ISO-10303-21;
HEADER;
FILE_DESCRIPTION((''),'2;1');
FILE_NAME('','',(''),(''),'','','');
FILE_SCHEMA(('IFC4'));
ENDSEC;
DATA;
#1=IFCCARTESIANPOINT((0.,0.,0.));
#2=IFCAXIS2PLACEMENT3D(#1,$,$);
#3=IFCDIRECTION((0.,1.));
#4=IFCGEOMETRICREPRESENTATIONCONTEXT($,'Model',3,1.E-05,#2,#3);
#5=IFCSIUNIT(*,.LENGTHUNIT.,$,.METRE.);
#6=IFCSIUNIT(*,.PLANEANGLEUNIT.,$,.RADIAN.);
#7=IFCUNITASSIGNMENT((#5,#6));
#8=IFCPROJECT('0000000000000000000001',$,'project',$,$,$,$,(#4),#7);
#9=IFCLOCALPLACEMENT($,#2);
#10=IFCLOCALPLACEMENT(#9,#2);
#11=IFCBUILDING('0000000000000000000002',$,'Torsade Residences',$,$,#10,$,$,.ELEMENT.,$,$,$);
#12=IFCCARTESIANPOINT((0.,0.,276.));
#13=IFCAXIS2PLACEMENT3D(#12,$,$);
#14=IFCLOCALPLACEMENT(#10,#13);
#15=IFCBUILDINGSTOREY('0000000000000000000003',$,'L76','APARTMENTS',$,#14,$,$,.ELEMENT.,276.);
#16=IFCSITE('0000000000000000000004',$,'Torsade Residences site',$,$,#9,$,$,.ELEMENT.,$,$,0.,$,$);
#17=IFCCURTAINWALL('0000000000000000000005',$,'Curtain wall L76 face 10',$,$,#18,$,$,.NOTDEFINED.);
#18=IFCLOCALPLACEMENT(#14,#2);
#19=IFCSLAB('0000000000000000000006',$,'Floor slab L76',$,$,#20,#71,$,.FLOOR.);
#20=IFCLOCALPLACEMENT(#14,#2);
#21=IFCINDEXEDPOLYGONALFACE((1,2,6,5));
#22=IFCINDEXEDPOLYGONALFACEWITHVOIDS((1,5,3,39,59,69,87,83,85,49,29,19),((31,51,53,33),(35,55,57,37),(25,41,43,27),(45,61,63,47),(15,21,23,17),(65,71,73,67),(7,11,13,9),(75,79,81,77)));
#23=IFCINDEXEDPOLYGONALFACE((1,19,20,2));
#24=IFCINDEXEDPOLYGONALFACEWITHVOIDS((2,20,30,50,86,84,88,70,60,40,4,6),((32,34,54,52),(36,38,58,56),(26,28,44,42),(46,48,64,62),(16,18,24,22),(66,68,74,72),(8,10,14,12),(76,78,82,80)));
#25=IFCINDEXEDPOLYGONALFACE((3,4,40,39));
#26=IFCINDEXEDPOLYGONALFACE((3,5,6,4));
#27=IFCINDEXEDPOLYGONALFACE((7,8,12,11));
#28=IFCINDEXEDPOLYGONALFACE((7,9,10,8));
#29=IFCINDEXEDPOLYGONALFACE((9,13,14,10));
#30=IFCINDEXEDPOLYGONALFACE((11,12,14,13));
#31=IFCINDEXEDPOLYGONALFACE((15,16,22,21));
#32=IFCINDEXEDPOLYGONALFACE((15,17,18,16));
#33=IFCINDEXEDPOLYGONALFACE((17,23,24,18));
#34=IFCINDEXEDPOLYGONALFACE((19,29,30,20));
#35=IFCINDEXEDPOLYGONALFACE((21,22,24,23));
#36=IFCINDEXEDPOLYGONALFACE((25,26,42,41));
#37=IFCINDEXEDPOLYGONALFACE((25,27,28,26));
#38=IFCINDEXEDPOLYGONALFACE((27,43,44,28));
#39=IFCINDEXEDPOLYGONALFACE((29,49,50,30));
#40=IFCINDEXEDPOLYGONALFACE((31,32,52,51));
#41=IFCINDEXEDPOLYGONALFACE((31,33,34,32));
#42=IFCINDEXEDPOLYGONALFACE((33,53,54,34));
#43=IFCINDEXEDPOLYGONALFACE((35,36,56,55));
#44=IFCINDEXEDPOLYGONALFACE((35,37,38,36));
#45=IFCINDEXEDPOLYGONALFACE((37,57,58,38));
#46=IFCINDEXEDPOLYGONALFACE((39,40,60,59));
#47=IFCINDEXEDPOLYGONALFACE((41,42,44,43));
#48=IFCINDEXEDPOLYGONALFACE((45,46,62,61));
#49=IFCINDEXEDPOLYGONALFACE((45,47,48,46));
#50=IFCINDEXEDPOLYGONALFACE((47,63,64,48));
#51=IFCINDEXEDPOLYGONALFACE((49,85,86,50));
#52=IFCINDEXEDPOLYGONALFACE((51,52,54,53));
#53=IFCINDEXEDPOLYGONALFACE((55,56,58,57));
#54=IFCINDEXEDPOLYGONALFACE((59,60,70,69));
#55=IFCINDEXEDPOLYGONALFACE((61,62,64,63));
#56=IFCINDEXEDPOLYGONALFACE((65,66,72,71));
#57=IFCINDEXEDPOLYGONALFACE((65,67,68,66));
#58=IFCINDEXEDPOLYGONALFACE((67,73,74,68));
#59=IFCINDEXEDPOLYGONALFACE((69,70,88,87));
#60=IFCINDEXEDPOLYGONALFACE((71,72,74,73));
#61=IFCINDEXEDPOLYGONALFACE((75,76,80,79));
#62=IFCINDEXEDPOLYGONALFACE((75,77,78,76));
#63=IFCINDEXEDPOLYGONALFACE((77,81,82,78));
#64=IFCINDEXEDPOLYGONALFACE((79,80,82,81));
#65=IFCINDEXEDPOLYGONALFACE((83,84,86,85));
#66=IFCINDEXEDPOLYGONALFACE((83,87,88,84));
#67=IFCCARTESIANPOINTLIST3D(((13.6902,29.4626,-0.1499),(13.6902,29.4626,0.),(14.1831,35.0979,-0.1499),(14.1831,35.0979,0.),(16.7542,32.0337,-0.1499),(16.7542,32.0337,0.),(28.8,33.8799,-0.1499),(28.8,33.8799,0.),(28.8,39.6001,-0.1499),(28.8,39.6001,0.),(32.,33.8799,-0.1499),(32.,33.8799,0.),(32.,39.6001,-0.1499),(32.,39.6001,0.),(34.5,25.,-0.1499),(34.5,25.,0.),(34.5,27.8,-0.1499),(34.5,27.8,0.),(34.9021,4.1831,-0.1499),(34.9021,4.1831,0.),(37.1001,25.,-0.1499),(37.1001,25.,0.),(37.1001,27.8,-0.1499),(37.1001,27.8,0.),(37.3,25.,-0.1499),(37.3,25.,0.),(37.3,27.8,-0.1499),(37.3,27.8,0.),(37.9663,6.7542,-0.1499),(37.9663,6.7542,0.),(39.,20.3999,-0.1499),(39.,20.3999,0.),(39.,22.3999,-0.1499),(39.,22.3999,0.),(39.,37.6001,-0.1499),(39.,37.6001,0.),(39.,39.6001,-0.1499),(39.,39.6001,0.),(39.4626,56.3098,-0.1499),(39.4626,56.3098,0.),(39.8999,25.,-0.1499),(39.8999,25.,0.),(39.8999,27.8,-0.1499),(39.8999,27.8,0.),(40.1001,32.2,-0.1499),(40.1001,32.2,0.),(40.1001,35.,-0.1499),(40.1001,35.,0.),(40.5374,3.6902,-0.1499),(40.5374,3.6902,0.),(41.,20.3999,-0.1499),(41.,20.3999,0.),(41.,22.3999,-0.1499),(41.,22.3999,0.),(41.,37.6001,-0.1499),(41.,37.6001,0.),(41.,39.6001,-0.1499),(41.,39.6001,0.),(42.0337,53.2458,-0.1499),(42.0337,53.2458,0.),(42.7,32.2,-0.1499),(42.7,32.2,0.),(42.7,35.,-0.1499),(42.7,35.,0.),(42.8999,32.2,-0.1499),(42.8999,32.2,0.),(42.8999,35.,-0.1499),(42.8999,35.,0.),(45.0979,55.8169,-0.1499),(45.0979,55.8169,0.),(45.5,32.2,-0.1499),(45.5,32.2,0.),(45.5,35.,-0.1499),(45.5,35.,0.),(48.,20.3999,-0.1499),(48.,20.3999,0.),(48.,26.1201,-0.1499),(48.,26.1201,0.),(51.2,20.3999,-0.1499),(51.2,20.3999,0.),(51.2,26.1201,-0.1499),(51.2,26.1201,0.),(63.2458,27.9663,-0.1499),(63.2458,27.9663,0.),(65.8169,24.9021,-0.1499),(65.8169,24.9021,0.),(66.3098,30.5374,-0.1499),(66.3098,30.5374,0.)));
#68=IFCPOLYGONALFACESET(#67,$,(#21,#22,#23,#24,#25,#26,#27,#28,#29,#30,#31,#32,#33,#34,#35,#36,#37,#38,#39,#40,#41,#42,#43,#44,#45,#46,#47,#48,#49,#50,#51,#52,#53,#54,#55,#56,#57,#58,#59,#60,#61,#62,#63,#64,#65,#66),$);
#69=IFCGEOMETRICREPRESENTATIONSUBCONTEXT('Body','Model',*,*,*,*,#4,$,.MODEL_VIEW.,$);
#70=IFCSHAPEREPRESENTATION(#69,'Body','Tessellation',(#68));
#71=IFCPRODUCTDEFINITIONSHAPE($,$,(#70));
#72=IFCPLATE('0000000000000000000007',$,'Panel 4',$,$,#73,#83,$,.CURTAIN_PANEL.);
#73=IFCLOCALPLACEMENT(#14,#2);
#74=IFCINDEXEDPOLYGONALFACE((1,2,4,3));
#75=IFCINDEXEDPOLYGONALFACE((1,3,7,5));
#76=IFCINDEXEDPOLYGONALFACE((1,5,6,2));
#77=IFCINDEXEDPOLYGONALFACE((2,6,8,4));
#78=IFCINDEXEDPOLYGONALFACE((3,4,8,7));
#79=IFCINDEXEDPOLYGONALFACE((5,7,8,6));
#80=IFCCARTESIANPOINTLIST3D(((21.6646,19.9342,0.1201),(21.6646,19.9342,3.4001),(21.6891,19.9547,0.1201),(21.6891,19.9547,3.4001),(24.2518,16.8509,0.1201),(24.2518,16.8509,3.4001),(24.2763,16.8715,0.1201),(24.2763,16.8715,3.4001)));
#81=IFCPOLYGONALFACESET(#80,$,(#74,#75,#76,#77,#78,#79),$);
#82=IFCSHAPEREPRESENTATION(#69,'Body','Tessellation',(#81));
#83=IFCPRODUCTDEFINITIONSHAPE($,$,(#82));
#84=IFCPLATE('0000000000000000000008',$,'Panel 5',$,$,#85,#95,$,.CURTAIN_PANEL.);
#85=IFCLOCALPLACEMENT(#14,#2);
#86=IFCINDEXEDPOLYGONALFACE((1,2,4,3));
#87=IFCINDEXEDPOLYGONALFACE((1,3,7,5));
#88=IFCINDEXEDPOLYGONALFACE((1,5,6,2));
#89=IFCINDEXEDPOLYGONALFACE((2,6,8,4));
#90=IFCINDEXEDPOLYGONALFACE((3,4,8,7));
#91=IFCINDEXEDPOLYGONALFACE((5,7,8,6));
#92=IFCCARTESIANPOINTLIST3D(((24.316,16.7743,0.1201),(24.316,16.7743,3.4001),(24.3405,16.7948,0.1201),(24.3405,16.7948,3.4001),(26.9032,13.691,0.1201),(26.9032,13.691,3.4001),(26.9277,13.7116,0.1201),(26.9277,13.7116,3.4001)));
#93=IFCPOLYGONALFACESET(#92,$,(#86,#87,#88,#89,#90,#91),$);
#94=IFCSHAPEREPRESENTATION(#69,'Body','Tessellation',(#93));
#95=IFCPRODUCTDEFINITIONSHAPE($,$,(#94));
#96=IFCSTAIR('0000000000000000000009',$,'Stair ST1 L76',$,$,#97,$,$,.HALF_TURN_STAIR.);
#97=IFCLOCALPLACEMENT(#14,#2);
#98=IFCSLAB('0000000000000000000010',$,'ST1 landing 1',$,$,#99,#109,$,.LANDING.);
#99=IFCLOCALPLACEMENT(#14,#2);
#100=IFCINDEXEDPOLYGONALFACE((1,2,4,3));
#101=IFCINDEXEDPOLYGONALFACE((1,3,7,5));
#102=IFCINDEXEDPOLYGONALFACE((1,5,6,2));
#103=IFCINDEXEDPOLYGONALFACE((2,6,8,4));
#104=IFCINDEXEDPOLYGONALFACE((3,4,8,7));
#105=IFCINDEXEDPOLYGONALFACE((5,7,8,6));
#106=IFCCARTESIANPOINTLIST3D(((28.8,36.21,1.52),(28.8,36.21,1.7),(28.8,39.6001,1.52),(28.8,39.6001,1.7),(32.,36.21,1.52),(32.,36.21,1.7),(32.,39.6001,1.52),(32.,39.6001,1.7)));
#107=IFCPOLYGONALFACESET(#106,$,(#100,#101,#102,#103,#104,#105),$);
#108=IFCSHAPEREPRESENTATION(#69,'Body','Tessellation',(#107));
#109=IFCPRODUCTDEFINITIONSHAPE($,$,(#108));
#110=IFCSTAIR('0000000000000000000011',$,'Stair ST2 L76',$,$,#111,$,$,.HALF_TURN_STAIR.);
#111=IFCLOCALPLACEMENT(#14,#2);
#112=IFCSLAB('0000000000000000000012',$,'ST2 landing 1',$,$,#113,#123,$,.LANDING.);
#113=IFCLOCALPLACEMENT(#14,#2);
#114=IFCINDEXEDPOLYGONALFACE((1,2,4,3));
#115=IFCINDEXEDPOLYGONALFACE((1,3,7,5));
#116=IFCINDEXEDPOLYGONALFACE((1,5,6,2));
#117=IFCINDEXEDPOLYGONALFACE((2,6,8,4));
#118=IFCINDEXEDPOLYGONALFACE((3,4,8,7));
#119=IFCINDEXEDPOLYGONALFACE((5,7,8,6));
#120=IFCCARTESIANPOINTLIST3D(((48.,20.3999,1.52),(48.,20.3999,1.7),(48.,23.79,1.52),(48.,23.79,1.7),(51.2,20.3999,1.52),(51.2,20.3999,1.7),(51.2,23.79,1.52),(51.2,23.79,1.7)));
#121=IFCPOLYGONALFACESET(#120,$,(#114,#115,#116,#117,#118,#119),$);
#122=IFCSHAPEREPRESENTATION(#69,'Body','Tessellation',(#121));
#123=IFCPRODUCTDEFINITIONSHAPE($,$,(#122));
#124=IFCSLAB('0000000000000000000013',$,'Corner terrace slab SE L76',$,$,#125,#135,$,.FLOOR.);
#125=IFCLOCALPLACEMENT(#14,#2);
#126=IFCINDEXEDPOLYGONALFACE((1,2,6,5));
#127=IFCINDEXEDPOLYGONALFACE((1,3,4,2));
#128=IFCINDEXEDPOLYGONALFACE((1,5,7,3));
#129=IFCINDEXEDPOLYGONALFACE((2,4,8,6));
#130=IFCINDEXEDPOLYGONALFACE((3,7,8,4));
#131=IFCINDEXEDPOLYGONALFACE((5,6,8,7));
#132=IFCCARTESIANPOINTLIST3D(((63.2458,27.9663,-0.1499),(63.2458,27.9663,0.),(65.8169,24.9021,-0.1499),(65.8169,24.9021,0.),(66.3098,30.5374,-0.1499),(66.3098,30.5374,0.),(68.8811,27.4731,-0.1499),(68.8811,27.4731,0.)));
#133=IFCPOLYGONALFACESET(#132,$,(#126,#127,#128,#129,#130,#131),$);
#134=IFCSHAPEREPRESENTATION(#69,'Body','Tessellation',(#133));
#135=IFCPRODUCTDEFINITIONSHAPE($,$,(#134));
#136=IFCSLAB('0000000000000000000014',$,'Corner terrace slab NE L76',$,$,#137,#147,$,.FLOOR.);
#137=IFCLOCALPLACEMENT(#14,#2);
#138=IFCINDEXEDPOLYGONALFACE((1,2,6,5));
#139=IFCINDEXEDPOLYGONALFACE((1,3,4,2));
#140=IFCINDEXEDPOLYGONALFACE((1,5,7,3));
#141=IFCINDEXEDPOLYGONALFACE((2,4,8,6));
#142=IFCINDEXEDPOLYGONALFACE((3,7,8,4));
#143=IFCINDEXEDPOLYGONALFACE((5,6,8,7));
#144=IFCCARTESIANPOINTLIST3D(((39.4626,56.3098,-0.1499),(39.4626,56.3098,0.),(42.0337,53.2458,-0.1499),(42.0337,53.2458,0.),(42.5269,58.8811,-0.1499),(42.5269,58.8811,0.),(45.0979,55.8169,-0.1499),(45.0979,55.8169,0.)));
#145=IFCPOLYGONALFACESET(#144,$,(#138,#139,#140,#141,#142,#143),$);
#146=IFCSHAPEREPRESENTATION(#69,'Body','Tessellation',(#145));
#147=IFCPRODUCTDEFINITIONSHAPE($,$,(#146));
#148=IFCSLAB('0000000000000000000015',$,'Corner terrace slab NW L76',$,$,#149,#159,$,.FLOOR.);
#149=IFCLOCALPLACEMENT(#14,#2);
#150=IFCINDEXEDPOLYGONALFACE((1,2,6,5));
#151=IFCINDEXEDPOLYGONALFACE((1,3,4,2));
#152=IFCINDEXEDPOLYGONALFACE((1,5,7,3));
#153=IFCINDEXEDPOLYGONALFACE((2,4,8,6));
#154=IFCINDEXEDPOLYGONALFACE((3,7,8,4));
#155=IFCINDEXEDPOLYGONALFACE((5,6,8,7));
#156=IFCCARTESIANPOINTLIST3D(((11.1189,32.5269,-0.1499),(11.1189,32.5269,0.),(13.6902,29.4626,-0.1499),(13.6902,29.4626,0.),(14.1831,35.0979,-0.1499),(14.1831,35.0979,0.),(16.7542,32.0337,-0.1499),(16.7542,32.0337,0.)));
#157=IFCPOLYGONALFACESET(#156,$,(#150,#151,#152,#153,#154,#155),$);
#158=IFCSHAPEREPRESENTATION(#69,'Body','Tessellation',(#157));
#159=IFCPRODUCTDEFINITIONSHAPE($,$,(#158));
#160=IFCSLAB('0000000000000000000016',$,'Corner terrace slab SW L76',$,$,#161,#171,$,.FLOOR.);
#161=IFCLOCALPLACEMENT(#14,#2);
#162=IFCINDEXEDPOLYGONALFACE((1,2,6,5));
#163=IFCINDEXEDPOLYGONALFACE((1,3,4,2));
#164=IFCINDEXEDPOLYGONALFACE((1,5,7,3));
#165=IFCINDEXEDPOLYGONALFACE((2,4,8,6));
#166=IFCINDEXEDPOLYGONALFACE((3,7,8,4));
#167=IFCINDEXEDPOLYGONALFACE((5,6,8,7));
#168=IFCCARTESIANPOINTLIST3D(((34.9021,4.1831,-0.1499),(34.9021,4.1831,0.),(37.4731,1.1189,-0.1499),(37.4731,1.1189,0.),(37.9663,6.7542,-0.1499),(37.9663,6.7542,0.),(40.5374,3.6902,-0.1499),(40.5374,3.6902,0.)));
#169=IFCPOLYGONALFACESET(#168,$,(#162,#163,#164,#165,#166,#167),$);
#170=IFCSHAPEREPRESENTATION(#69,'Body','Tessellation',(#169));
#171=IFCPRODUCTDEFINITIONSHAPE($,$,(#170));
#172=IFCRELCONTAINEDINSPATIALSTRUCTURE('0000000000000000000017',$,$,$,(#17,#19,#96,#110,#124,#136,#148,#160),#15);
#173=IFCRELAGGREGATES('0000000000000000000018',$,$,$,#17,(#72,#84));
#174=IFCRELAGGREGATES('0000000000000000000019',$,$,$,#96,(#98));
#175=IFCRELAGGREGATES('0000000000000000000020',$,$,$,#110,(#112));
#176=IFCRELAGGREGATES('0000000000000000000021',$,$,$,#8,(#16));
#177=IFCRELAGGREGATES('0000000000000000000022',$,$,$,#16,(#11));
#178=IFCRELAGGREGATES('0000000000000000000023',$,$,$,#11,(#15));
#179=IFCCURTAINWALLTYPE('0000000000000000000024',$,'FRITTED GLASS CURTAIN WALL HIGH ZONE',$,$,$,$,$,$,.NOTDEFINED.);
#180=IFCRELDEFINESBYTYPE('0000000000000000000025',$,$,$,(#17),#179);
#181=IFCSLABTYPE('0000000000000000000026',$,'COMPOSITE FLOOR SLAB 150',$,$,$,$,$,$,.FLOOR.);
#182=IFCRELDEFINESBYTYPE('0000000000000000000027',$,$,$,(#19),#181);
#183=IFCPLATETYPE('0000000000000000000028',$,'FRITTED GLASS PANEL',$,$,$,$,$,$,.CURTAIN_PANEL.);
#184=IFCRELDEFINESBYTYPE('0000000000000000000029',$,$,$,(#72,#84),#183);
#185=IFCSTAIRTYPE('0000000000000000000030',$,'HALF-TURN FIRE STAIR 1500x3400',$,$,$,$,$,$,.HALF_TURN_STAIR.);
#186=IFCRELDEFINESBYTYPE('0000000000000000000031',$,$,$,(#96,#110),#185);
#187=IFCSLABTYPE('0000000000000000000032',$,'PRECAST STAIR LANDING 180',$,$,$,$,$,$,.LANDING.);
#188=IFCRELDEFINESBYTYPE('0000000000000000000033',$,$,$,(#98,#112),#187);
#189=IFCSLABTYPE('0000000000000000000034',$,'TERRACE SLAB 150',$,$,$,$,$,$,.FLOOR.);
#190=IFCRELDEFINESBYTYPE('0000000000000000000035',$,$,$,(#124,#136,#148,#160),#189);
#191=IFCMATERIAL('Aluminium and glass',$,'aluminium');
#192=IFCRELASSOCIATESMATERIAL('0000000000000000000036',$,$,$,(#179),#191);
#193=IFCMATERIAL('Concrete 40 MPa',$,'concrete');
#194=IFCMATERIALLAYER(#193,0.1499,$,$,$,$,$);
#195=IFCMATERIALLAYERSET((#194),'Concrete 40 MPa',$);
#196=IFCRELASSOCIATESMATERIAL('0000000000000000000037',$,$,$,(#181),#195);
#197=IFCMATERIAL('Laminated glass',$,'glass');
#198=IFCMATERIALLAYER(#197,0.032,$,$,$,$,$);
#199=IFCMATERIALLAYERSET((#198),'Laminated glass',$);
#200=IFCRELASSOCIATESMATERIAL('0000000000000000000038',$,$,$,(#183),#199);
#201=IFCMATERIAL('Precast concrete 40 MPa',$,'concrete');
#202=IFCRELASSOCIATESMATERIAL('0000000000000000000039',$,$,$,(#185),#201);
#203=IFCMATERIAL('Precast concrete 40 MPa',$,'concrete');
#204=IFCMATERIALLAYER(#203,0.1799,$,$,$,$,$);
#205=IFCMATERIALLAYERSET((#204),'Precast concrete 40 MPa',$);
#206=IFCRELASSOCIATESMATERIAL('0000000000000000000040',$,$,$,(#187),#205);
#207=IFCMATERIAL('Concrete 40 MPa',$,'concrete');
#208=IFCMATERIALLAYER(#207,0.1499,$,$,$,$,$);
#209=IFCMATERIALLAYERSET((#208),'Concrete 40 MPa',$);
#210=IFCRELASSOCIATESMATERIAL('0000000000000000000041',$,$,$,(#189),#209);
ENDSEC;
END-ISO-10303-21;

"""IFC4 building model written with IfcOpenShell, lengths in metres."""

from ifc_helpers import new_model, si_unit, direction, frame, origin, origin_2d, place, context, subcontext, project, spatial, polyline, rectangle, outline, extrude, material, layer, layer_set, type_object, element, aggregate, save


model = new_model("IFC4")

# Units and contexts
model_context = context("Model", 3, precision=1e-05, world=origin(), true_north=direction((0.0, 1.0)))
body_context = subcontext(model_context, "Body", "Model", "MODEL_VIEW")
ifc_project = project(units=[si_unit("LENGTHUNIT", "METRE"), si_unit("PLANEANGLEUNIT", "RADIAN")], contexts=[model_context])

# Site, building, storey
site_placement = place(None, origin())
site = spatial("IfcSite", under=ifc_project, at=site_placement, Name="Torsade Residences site", CompositionType="ELEMENT", RefElevation=0.0)
building_placement = place(site_placement, origin())
building = spatial("IfcBuilding", under=site, at=building_placement, Name="Torsade Residences", CompositionType="ELEMENT")
storey_placement = place(building_placement, frame((0.0, 0.0, 276.0)))
storey = spatial("IfcBuildingStorey", under=building, at=storey_placement, Name="L76", Description="APARTMENTS", CompositionType="ELEMENT", Elevation=276.0)

# Curtain wall
ifc_material_1 = material(Name="Aluminium and glass", Category="aluminium")
curtain_wall_type = type_object("IfcCurtainWallType", Name="FRITTED GLASS CURTAIN WALL HIGH ZONE", PredefinedType="NOTDEFINED", material=ifc_material_1)
curtain_wall_placement = place(storey_placement, origin())
curtain_wall = element("IfcCurtainWall", 1, at=curtain_wall_placement, inside=storey, type_object=curtain_wall_type, Name="Curtain wall L76 face 10", PredefinedType="NOTDEFINED")

# Slab
ifc_material_2 = material(Name="Concrete 40 MPa", Category="concrete")
ifc_layer_1 = layer(ifc_material_2, 0.1499)
ifc_layer_set_1 = layer_set([ifc_layer_1], Name="Concrete 40 MPa")
slab_type_1 = type_object("IfcSlabType", Name="COMPOSITE FLOOR SLAB 150", PredefinedType="FLOOR", material=ifc_layer_set_1)
slab_1_placement = place(storey_placement, frame((0.0, 0.0, -0.1499)))
element("IfcSlab", 2, at=slab_1_placement, inside=storey, type_object=slab_type_1, Name="Floor slab L76", PredefinedType="FLOOR", context=body_context, shape_type="SweptSolid", body=[
    extrude(outline(polyline([(40.5374, 3.6902), (65.8169, 24.9021), (63.2458, 27.9663), (66.3098, 30.5374), (45.0979, 55.8169), (42.0337, 53.2458), (39.4626, 56.3098), (14.1831, 35.0979), (16.7542, 32.0337), (13.6902, 29.4626), (34.9021, 4.1831), (37.9663, 6.7542), (40.5374, 3.6902)]), holes=[polyline([(51.2, 26.1201), (48.0, 26.1201), (48.0, 20.3999), (51.2, 20.3999), (51.2, 26.1201)]), polyline([(45.5, 35.0), (42.8999, 35.0), (42.8999, 32.2), (45.5, 32.2), (45.5, 35.0)]), polyline([(42.7, 35.0), (40.1001, 35.0), (40.1001, 32.2), (42.7, 32.2), (42.7, 35.0)]), polyline([(41.0, 22.3999), (39.0, 22.3999), (39.0, 20.3999), (41.0, 20.3999), (41.0, 22.3999)]), polyline([(41.0, 39.6001), (39.0, 39.6001), (39.0, 37.6001), (41.0, 37.6001), (41.0, 39.6001)]), polyline([(39.8999, 27.8), (37.3, 27.8), (37.3, 25.0), (39.8999, 25.0), (39.8999, 27.8)]), polyline([(37.1001, 27.8), (34.5, 27.8), (34.5, 25.0), (37.1001, 25.0), (37.1001, 27.8)]), polyline([(32.0, 39.6001), (28.8, 39.6001), (28.8, 33.8799), (32.0, 33.8799), (32.0, 39.6001)])]), origin(), (0.0, 0.0, 1.0), 0.1499),
])

# Plates
ifc_material_3 = material(Name="Laminated glass", Category="glass")
ifc_layer_2 = layer(ifc_material_3, 0.032)
ifc_layer_set_2 = layer_set([ifc_layer_2], Name="Laminated glass")
plate_type = type_object("IfcPlateType", Name="FRITTED GLASS PANEL", PredefinedType="CURTAIN_PANEL", material=ifc_layer_set_2)
plate_1_placement = place(storey_placement, frame((22.9705, 18.4028, 0.1201), z_axis=(0.0, 0.0, 1.0), x_axis=(0.642788, -0.766044, 0.0)))
plate_1 = element("IfcPlate", 3, at=plate_1_placement, type_object=plate_type, Name="Panel 4", PredefinedType="CURTAIN_PANEL", context=body_context, shape_type="SweptSolid", body=[
    extrude(rectangle(XDim=4.0249, YDim=0.032, at=origin_2d()), origin(), (0.0, 0.0, 1.0), 3.28),
])
plate_2_placement = place(storey_placement, frame((25.6218, 15.2429, 0.1201), z_axis=(0.0, 0.0, 1.0), x_axis=(0.642788, -0.766044, 0.0)))
plate_2 = element("IfcPlate", 4, at=plate_2_placement, type_object=plate_type, Name="Panel 5", PredefinedType="CURTAIN_PANEL", context=body_context, shape_type="SweptSolid", body=[
    extrude(rectangle(XDim=4.0249, YDim=0.032, at=origin_2d()), origin(), (0.0, 0.0, 1.0), 3.28),
])
aggregate(curtain_wall, [plate_1, plate_2])

# Stairs, slabs
ifc_material_4 = material(Name="Precast concrete 40 MPa", Category="concrete")
stair_type = type_object("IfcStairType", Name="HALF-TURN FIRE STAIR 1500x3400", PredefinedType="HALF_TURN_STAIR", material=ifc_material_4)
stair_1_placement = place(storey_placement, origin())
stair_1 = element("IfcStair", 5, at=stair_1_placement, inside=storey, type_object=stair_type, Name="Stair ST1 L76", PredefinedType="HALF_TURN_STAIR")
ifc_material_5 = material(Name="Precast concrete 40 MPa", Category="concrete")
ifc_layer_3 = layer(ifc_material_5, 0.1799)
ifc_layer_set_3 = layer_set([ifc_layer_3], Name="Precast concrete 40 MPa")
slab_type_2 = type_object("IfcSlabType", Name="PRECAST STAIR LANDING 180", PredefinedType="LANDING", material=ifc_layer_set_3)
slab_2_placement = place(storey_placement, frame((0.0, 0.0, 1.52)))
slab_2 = element("IfcSlab", 6, at=slab_2_placement, type_object=slab_type_2, Name="ST1 landing 1", PredefinedType="LANDING", context=body_context, shape_type="SweptSolid", body=[
    extrude(outline(polyline([(28.8, 36.21), (32.0, 36.21), (32.0, 39.6001), (28.8, 39.6001), (28.8, 36.21)])), origin(), (0.0, 0.0, 1.0), 0.1799),
])
aggregate(stair_1, [slab_2])
stair_2_placement = place(storey_placement, origin())
stair_2 = element("IfcStair", 7, at=stair_2_placement, inside=storey, type_object=stair_type, Name="Stair ST2 L76", PredefinedType="HALF_TURN_STAIR")
slab_3_placement = place(storey_placement, frame((0.0, 0.0, 1.52)))
slab_3 = element("IfcSlab", 8, at=slab_3_placement, type_object=slab_type_2, Name="ST2 landing 1", PredefinedType="LANDING", context=body_context, shape_type="SweptSolid", body=[
    extrude(outline(polyline([(48.0, 20.3999), (51.2, 20.3999), (51.2, 23.79), (48.0, 23.79), (48.0, 20.3999)])), origin(), (0.0, 0.0, 1.0), 0.1799),
])
aggregate(stair_2, [slab_3])

# Slabs
ifc_material_6 = material(Name="Concrete 40 MPa", Category="concrete")
ifc_layer_4 = layer(ifc_material_6, 0.1499)
ifc_layer_set_4 = layer_set([ifc_layer_4], Name="Concrete 40 MPa")
slab_type_3 = type_object("IfcSlabType", Name="TERRACE SLAB 150", PredefinedType="FLOOR", material=ifc_layer_set_4)
slab_4_placement = place(storey_placement, frame((0.0, 0.0, -0.1499)))
element("IfcSlab", 9, at=slab_4_placement, inside=storey, type_object=slab_type_3, Name="Corner terrace slab SE L76", PredefinedType="FLOOR", context=body_context, shape_type="SweptSolid", body=[
    extrude(outline(polyline([(65.8169, 24.9021), (68.8811, 27.4731), (66.3098, 30.5374), (63.2458, 27.9663), (65.8169, 24.9021)])), origin(), (0.0, 0.0, 1.0), 0.1499),
])
slab_5_placement = place(storey_placement, frame((0.0, 0.0, -0.1499)))
element("IfcSlab", 10, at=slab_5_placement, inside=storey, type_object=slab_type_3, Name="Corner terrace slab NE L76", PredefinedType="FLOOR", context=body_context, shape_type="SweptSolid", body=[
    extrude(outline(polyline([(42.0337, 53.2458), (45.0979, 55.8169), (42.5269, 58.8811), (39.4626, 56.3098), (42.0337, 53.2458)])), origin(), (0.0, 0.0, 1.0), 0.1499),
])
slab_6_placement = place(storey_placement, frame((0.0, 0.0, -0.1499)))
element("IfcSlab", 11, at=slab_6_placement, inside=storey, type_object=slab_type_3, Name="Corner terrace slab NW L76", PredefinedType="FLOOR", context=body_context, shape_type="SweptSolid", body=[
    extrude(outline(polyline([(13.6902, 29.4626), (16.7542, 32.0337), (14.1831, 35.0979), (11.1189, 32.5269), (13.6902, 29.4626)])), origin(), (0.0, 0.0, 1.0), 0.1499),
])
slab_7_placement = place(storey_placement, frame((0.0, 0.0, -0.1499)))
element("IfcSlab", 12, at=slab_7_placement, inside=storey, type_object=slab_type_3, Name="Corner terrace slab SW L76", PredefinedType="FLOOR", context=body_context, shape_type="SweptSolid", body=[
    extrude(outline(polyline([(37.4731, 1.1189), (40.5374, 3.6902), (37.9663, 6.7542), (34.9021, 4.1831), (37.4731, 1.1189)])), origin(), (0.0, 0.0, 1.0), 0.1499),
])

save(model, "model.ifc")
